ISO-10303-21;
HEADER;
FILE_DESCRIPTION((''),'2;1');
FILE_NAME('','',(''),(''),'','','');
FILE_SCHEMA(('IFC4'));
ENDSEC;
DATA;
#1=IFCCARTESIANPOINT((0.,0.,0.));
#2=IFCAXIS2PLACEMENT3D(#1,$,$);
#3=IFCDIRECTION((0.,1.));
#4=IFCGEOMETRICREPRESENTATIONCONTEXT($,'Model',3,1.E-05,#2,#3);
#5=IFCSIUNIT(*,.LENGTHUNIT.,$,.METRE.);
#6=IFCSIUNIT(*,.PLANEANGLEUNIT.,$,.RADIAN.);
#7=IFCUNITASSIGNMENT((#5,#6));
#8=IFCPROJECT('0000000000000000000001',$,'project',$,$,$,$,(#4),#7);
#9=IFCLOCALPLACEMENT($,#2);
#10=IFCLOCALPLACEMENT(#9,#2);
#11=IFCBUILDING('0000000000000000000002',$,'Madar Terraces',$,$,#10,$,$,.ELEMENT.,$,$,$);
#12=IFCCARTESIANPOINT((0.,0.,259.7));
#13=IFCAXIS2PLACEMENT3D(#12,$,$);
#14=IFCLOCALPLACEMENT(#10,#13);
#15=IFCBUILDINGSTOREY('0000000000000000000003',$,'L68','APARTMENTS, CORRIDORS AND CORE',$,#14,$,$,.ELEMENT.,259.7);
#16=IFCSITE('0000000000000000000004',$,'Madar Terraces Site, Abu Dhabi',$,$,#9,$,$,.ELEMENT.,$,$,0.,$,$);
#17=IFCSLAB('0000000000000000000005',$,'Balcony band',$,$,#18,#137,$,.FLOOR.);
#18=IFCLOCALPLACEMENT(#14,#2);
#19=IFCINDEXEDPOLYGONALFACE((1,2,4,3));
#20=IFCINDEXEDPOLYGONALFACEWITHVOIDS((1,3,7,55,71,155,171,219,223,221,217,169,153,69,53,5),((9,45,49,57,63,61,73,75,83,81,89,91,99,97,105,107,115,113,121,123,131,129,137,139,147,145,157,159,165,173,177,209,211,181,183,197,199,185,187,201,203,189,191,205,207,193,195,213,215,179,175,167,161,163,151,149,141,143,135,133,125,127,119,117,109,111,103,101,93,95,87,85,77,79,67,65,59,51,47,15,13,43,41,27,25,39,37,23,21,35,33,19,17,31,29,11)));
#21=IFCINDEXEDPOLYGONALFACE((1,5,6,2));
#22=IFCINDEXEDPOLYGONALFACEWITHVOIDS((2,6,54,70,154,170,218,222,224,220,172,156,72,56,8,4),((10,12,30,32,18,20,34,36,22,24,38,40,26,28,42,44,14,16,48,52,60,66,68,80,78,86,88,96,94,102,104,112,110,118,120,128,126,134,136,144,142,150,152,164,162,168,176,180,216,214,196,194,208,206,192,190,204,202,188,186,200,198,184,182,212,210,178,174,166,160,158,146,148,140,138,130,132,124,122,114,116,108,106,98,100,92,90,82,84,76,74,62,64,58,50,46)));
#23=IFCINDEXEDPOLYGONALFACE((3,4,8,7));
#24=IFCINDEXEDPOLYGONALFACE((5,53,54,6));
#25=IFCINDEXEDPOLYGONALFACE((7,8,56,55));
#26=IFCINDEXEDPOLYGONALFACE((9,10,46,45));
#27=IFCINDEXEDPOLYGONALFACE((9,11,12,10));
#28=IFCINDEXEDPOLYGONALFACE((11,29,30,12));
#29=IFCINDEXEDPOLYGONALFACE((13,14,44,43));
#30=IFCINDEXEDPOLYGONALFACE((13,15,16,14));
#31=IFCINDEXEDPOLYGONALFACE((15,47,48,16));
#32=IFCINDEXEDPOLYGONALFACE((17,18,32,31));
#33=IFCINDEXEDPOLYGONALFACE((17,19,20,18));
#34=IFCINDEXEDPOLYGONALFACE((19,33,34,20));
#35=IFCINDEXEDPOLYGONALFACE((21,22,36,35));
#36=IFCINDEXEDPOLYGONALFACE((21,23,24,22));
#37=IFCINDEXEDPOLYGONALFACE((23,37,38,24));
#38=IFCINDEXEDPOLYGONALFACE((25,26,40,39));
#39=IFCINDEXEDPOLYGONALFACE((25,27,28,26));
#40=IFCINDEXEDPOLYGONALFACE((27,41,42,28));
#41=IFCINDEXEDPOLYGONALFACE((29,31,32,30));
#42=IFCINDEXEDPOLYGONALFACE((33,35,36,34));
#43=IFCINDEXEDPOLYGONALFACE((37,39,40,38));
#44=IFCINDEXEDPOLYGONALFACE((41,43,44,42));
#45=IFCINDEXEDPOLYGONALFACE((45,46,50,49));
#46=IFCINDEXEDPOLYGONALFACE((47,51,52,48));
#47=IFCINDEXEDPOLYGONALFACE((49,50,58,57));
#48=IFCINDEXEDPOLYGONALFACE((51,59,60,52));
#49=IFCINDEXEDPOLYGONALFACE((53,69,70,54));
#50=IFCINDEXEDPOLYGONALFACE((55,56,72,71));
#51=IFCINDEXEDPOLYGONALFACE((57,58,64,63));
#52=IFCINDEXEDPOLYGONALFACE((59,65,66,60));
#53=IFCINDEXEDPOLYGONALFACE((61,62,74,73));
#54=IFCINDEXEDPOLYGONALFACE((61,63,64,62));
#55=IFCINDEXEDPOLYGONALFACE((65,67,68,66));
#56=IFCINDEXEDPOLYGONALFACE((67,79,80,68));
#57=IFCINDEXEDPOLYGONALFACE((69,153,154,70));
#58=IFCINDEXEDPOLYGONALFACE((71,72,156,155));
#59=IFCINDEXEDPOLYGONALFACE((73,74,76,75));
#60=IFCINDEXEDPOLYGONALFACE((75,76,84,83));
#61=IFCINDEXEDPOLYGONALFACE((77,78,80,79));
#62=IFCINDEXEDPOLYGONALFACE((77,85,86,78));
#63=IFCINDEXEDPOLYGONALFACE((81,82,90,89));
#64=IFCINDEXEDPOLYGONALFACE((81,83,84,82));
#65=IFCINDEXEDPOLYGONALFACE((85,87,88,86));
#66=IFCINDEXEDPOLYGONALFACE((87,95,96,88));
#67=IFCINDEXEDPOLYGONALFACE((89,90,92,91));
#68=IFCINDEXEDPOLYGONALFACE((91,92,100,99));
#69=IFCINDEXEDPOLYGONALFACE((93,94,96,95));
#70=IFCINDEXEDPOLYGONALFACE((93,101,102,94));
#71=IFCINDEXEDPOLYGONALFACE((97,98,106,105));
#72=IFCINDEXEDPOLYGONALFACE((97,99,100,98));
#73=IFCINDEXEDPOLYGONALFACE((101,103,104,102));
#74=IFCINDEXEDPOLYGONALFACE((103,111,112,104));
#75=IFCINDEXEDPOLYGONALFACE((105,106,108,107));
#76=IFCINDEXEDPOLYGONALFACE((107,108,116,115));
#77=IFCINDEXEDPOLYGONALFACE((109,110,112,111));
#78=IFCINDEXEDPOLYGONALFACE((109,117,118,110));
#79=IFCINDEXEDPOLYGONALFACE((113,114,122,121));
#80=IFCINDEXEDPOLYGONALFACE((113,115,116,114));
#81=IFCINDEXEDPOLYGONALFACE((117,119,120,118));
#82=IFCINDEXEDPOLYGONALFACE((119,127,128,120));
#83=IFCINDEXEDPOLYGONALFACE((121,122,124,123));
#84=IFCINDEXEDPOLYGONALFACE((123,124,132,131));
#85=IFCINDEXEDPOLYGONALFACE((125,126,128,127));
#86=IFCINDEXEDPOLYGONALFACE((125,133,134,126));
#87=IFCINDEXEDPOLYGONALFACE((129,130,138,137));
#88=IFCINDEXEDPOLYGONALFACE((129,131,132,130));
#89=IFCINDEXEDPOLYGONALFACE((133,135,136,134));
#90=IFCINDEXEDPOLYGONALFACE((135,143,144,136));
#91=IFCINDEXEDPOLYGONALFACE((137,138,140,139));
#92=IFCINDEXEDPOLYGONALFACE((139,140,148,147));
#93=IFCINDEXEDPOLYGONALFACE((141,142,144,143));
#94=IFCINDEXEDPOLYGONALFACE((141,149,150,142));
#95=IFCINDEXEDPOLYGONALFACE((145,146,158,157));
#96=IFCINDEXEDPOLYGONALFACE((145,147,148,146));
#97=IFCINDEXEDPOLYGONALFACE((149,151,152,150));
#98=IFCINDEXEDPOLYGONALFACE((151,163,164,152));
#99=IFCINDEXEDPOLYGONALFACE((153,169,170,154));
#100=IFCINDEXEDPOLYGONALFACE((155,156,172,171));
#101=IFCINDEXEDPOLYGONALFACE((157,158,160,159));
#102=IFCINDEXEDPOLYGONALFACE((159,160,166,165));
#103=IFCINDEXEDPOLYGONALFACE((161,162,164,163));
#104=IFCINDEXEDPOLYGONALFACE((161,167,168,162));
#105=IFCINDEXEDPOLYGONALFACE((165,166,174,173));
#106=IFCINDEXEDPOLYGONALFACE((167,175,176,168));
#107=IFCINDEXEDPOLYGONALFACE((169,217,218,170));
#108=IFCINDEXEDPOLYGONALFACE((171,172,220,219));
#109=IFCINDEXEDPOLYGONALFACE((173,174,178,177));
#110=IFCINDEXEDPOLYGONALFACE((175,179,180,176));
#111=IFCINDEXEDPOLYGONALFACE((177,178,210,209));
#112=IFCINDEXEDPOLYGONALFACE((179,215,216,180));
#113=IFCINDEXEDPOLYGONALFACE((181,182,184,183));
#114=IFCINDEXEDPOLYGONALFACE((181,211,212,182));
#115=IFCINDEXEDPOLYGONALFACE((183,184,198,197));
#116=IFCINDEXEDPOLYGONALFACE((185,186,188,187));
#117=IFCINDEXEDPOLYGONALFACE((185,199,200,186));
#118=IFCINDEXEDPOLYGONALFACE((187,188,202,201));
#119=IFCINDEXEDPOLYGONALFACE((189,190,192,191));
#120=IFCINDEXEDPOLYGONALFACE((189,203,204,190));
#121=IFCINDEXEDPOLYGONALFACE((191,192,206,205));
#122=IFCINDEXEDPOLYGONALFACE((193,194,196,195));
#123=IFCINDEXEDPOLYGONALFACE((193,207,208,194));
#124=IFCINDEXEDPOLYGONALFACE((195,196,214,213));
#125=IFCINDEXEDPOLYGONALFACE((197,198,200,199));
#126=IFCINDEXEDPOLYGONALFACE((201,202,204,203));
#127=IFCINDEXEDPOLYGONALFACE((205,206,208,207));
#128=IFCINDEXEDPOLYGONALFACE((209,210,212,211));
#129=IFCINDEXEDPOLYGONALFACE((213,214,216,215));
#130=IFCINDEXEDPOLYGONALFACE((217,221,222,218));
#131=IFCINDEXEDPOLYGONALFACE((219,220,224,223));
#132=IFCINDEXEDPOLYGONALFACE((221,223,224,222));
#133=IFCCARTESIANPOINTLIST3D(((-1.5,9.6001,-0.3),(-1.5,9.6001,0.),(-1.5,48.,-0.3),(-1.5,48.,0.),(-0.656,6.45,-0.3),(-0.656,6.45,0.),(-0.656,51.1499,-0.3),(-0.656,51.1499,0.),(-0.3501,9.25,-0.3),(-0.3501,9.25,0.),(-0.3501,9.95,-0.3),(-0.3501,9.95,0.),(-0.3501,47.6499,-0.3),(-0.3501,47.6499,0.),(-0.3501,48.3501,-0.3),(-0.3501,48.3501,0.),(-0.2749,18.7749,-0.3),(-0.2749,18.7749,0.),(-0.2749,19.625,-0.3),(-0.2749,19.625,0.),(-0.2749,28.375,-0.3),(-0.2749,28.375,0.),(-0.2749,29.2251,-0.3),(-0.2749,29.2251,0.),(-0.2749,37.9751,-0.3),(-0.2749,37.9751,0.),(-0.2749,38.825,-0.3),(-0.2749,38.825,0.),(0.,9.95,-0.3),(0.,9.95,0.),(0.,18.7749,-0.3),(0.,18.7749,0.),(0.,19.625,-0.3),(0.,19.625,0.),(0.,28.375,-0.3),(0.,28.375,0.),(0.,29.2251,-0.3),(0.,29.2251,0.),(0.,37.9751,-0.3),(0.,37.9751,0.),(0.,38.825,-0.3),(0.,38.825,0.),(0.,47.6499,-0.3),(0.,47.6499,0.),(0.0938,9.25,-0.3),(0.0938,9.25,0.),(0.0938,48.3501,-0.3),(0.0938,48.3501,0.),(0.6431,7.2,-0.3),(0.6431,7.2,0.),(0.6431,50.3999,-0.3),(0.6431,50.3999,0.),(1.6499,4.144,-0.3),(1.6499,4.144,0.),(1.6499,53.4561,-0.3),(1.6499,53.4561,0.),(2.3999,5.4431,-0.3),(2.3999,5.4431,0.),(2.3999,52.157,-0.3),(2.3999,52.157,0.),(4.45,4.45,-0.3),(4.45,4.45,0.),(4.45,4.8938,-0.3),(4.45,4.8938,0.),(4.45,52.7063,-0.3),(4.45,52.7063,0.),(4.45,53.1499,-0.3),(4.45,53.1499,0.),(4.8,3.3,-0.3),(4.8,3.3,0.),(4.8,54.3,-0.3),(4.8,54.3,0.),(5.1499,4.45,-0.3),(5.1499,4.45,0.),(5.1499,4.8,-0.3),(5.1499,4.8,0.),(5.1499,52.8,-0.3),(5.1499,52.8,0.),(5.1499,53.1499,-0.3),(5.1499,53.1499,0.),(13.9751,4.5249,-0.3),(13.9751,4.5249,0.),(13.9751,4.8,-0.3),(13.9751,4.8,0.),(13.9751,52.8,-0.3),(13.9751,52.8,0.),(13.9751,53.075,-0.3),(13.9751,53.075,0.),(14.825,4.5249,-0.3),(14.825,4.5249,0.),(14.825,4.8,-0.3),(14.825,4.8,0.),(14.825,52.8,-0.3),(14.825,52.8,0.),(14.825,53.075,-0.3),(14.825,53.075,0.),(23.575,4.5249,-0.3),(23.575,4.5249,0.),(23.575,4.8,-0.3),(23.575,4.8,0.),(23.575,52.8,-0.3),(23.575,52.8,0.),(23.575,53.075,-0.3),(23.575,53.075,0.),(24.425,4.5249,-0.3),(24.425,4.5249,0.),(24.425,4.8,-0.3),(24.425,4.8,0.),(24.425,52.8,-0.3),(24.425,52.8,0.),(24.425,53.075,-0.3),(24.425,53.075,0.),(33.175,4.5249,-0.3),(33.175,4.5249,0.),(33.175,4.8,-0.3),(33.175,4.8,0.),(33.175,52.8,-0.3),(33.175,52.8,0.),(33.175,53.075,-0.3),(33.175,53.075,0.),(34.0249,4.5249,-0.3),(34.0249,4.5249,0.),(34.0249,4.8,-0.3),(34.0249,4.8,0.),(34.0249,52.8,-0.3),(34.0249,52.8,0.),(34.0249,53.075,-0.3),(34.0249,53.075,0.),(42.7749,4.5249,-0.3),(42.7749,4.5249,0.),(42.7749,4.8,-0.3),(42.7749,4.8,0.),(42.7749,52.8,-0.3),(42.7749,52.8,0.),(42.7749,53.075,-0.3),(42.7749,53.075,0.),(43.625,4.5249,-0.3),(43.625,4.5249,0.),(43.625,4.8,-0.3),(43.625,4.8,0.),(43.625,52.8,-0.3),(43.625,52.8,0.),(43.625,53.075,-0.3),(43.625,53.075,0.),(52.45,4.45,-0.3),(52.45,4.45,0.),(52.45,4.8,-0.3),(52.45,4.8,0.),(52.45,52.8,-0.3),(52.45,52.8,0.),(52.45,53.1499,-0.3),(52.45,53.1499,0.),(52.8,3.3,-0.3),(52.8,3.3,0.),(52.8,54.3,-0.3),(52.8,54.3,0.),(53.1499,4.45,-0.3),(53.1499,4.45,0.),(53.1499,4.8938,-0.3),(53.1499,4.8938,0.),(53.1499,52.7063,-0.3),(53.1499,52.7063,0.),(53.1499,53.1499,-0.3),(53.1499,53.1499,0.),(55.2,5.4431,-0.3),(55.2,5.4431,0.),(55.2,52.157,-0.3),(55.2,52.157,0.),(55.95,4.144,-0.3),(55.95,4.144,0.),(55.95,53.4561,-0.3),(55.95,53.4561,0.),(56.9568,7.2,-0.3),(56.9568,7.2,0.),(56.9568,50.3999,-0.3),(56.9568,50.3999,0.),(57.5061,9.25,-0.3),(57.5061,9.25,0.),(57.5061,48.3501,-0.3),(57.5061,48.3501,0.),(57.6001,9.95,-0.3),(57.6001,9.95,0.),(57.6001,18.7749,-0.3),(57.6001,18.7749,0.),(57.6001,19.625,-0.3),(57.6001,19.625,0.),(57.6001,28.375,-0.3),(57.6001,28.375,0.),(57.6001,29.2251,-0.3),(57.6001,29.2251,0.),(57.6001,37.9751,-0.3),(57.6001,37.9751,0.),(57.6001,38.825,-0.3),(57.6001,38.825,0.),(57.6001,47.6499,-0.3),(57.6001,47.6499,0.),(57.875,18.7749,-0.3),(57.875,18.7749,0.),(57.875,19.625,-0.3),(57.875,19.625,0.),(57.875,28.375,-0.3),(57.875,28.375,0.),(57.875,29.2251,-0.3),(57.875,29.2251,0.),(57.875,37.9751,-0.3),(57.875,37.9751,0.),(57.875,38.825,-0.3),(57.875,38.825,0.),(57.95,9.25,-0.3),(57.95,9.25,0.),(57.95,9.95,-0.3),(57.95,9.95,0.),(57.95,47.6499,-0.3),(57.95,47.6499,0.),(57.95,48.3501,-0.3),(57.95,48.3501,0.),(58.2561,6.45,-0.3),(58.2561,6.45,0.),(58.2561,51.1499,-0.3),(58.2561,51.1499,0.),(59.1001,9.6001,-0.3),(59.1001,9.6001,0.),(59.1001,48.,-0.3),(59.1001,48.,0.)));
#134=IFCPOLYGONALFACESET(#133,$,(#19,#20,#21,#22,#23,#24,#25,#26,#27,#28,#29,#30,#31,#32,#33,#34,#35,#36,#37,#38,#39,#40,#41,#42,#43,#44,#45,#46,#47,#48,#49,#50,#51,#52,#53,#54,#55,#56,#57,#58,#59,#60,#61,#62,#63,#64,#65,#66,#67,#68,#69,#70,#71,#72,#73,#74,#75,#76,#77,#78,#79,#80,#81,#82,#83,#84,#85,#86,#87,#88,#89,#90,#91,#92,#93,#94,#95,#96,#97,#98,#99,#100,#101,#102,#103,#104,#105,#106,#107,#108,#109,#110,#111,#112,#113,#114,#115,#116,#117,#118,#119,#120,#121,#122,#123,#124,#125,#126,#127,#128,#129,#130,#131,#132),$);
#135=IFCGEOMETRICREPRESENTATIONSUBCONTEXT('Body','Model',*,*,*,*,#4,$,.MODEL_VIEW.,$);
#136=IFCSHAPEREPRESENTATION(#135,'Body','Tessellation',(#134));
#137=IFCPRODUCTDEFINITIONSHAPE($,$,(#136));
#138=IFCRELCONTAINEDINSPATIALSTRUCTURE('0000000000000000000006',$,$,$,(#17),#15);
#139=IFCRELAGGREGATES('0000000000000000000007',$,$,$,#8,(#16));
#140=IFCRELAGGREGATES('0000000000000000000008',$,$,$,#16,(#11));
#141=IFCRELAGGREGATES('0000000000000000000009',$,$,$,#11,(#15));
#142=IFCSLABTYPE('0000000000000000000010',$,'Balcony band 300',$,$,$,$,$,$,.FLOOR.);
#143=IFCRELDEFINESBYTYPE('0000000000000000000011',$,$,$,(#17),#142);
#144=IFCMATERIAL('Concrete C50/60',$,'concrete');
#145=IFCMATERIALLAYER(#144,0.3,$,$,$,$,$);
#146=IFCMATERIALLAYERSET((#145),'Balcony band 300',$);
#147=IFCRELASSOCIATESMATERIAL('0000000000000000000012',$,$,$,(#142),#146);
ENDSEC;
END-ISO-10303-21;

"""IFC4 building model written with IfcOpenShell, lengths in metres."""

from ifc_helpers import new_model, si_unit, direction, frame, origin, place, context, subcontext, project, spatial, polyline, outline, extrude, material, layer, layer_set, type_object, element, save


model = new_model("IFC4")

# Units and contexts
model_context = context("Model", 3, precision=1e-05, world=origin(), true_north=direction((0.0, 1.0)))
body_context = subcontext(model_context, "Body", "Model", "MODEL_VIEW")
ifc_project = project(units=[si_unit("LENGTHUNIT", "METRE"), si_unit("PLANEANGLEUNIT", "RADIAN")], contexts=[model_context])

# Site, building, storey
site_placement = place(None, origin())
site = spatial("IfcSite", under=ifc_project, at=site_placement, Name="Madar Terraces Site, Abu Dhabi", CompositionType="ELEMENT", RefElevation=0.0)
building_placement = place(site_placement, origin())
building = spatial("IfcBuilding", under=site, at=building_placement, Name="Madar Terraces", CompositionType="ELEMENT")
storey_placement = place(building_placement, frame((0.0, 0.0, 259.7)))
storey = spatial("IfcBuildingStorey", under=building, at=storey_placement, Name="L68", Description="APARTMENTS, CORRIDORS AND CORE", CompositionType="ELEMENT", Elevation=259.7)

# Slab
ifc_material_1 = material(Name="Concrete C50/60", Category="concrete")
ifc_layer_1 = layer(ifc_material_1, 0.3)
ifc_layer_set_1 = layer_set([ifc_layer_1], Name="Balcony band 300")
slab_type_1 = type_object("IfcSlabType", Name="Balcony band 300", PredefinedType="FLOOR", material=ifc_layer_set_1)
slab_1_placement = place(storey_placement, frame((0.0, 0.0, -0.3)))
element("IfcSlab", 1, at=slab_1_placement, inside=storey, type_object=slab_type_1, Name="Balcony band", PredefinedType="FLOOR", context=body_context, shape_type="SweptSolid", body=[
    extrude(outline(polyline([(4.8, 3.3), (1.6499, 4.144), (-0.656, 6.45), (-1.5, 9.6001), (-1.5, 48.0), (-0.656, 51.1499), (1.6499, 53.4561), (4.8, 54.3), (52.8, 54.3), (55.95, 53.4561), (58.2561, 51.1499), (59.1001, 48.0), (59.1001, 9.6001), (58.2561, 6.45), (55.95, 4.144), (52.8, 3.3), (4.8, 3.3)]), holes=[polyline([(5.1499, 4.45), (5.1499, 4.8), (13.9751, 4.8), (13.9751, 4.5249), (14.825, 4.5249), (14.825, 4.8), (23.575, 4.8), (23.575, 4.5249), (24.425, 4.5249), (24.425, 4.8), (33.175, 4.8), (33.175, 4.5249), (34.0249, 4.5249), (34.0249, 4.8), (42.7749, 4.8), (42.7749, 4.5249), (43.625, 4.5249), (43.625, 4.8), (52.45, 4.8), (52.45, 4.45), (53.1499, 4.45), (53.1499, 4.8938), (55.2, 5.4431), (56.9568, 7.2), (57.5061, 9.25), (57.95, 9.25), (57.95, 9.95), (57.6001, 9.95), (57.6001, 18.7749), (57.875, 18.7749), (57.875, 19.625), (57.6001, 19.625), (57.6001, 28.375), (57.875, 28.375), (57.875, 29.2251), (57.6001, 29.2251), (57.6001, 37.9751), (57.875, 37.9751), (57.875, 38.825), (57.6001, 38.825), (57.6001, 47.6499), (57.95, 47.6499), (57.95, 48.3501), (57.5061, 48.3501), (56.9568, 50.3999), (55.2, 52.157), (53.1499, 52.7063), (53.1499, 53.1499), (52.45, 53.1499), (52.45, 52.8), (43.625, 52.8), (43.625, 53.075), (42.7749, 53.075), (42.7749, 52.8), (34.0249, 52.8), (34.0249, 53.075), (33.175, 53.075), (33.175, 52.8), (24.425, 52.8), (24.425, 53.075), (23.575, 53.075), (23.575, 52.8), (14.825, 52.8), (14.825, 53.075), (13.9751, 53.075), (13.9751, 52.8), (5.1499, 52.8), (5.1499, 53.1499), (4.45, 53.1499), (4.45, 52.7063), (2.3999, 52.157), (0.6431, 50.3999), (0.0938, 48.3501), (-0.3501, 48.3501), (-0.3501, 47.6499), (0.0, 47.6499), (0.0, 38.825), (-0.2749, 38.825), (-0.2749, 37.9751), (0.0, 37.9751), (0.0, 29.2251), (-0.2749, 29.2251), (-0.2749, 28.375), (0.0, 28.375), (0.0, 19.625), (-0.2749, 19.625), (-0.2749, 18.7749), (0.0, 18.7749), (0.0, 9.95), (-0.3501, 9.95), (-0.3501, 9.25), (0.0938, 9.25), (0.6431, 7.2), (2.3999, 5.4431), (4.45, 4.8938), (4.45, 4.45), (5.1499, 4.45)])]), origin(), (0.0, 0.0, 1.0), 0.3),
])

save(model, "model.ifc")
